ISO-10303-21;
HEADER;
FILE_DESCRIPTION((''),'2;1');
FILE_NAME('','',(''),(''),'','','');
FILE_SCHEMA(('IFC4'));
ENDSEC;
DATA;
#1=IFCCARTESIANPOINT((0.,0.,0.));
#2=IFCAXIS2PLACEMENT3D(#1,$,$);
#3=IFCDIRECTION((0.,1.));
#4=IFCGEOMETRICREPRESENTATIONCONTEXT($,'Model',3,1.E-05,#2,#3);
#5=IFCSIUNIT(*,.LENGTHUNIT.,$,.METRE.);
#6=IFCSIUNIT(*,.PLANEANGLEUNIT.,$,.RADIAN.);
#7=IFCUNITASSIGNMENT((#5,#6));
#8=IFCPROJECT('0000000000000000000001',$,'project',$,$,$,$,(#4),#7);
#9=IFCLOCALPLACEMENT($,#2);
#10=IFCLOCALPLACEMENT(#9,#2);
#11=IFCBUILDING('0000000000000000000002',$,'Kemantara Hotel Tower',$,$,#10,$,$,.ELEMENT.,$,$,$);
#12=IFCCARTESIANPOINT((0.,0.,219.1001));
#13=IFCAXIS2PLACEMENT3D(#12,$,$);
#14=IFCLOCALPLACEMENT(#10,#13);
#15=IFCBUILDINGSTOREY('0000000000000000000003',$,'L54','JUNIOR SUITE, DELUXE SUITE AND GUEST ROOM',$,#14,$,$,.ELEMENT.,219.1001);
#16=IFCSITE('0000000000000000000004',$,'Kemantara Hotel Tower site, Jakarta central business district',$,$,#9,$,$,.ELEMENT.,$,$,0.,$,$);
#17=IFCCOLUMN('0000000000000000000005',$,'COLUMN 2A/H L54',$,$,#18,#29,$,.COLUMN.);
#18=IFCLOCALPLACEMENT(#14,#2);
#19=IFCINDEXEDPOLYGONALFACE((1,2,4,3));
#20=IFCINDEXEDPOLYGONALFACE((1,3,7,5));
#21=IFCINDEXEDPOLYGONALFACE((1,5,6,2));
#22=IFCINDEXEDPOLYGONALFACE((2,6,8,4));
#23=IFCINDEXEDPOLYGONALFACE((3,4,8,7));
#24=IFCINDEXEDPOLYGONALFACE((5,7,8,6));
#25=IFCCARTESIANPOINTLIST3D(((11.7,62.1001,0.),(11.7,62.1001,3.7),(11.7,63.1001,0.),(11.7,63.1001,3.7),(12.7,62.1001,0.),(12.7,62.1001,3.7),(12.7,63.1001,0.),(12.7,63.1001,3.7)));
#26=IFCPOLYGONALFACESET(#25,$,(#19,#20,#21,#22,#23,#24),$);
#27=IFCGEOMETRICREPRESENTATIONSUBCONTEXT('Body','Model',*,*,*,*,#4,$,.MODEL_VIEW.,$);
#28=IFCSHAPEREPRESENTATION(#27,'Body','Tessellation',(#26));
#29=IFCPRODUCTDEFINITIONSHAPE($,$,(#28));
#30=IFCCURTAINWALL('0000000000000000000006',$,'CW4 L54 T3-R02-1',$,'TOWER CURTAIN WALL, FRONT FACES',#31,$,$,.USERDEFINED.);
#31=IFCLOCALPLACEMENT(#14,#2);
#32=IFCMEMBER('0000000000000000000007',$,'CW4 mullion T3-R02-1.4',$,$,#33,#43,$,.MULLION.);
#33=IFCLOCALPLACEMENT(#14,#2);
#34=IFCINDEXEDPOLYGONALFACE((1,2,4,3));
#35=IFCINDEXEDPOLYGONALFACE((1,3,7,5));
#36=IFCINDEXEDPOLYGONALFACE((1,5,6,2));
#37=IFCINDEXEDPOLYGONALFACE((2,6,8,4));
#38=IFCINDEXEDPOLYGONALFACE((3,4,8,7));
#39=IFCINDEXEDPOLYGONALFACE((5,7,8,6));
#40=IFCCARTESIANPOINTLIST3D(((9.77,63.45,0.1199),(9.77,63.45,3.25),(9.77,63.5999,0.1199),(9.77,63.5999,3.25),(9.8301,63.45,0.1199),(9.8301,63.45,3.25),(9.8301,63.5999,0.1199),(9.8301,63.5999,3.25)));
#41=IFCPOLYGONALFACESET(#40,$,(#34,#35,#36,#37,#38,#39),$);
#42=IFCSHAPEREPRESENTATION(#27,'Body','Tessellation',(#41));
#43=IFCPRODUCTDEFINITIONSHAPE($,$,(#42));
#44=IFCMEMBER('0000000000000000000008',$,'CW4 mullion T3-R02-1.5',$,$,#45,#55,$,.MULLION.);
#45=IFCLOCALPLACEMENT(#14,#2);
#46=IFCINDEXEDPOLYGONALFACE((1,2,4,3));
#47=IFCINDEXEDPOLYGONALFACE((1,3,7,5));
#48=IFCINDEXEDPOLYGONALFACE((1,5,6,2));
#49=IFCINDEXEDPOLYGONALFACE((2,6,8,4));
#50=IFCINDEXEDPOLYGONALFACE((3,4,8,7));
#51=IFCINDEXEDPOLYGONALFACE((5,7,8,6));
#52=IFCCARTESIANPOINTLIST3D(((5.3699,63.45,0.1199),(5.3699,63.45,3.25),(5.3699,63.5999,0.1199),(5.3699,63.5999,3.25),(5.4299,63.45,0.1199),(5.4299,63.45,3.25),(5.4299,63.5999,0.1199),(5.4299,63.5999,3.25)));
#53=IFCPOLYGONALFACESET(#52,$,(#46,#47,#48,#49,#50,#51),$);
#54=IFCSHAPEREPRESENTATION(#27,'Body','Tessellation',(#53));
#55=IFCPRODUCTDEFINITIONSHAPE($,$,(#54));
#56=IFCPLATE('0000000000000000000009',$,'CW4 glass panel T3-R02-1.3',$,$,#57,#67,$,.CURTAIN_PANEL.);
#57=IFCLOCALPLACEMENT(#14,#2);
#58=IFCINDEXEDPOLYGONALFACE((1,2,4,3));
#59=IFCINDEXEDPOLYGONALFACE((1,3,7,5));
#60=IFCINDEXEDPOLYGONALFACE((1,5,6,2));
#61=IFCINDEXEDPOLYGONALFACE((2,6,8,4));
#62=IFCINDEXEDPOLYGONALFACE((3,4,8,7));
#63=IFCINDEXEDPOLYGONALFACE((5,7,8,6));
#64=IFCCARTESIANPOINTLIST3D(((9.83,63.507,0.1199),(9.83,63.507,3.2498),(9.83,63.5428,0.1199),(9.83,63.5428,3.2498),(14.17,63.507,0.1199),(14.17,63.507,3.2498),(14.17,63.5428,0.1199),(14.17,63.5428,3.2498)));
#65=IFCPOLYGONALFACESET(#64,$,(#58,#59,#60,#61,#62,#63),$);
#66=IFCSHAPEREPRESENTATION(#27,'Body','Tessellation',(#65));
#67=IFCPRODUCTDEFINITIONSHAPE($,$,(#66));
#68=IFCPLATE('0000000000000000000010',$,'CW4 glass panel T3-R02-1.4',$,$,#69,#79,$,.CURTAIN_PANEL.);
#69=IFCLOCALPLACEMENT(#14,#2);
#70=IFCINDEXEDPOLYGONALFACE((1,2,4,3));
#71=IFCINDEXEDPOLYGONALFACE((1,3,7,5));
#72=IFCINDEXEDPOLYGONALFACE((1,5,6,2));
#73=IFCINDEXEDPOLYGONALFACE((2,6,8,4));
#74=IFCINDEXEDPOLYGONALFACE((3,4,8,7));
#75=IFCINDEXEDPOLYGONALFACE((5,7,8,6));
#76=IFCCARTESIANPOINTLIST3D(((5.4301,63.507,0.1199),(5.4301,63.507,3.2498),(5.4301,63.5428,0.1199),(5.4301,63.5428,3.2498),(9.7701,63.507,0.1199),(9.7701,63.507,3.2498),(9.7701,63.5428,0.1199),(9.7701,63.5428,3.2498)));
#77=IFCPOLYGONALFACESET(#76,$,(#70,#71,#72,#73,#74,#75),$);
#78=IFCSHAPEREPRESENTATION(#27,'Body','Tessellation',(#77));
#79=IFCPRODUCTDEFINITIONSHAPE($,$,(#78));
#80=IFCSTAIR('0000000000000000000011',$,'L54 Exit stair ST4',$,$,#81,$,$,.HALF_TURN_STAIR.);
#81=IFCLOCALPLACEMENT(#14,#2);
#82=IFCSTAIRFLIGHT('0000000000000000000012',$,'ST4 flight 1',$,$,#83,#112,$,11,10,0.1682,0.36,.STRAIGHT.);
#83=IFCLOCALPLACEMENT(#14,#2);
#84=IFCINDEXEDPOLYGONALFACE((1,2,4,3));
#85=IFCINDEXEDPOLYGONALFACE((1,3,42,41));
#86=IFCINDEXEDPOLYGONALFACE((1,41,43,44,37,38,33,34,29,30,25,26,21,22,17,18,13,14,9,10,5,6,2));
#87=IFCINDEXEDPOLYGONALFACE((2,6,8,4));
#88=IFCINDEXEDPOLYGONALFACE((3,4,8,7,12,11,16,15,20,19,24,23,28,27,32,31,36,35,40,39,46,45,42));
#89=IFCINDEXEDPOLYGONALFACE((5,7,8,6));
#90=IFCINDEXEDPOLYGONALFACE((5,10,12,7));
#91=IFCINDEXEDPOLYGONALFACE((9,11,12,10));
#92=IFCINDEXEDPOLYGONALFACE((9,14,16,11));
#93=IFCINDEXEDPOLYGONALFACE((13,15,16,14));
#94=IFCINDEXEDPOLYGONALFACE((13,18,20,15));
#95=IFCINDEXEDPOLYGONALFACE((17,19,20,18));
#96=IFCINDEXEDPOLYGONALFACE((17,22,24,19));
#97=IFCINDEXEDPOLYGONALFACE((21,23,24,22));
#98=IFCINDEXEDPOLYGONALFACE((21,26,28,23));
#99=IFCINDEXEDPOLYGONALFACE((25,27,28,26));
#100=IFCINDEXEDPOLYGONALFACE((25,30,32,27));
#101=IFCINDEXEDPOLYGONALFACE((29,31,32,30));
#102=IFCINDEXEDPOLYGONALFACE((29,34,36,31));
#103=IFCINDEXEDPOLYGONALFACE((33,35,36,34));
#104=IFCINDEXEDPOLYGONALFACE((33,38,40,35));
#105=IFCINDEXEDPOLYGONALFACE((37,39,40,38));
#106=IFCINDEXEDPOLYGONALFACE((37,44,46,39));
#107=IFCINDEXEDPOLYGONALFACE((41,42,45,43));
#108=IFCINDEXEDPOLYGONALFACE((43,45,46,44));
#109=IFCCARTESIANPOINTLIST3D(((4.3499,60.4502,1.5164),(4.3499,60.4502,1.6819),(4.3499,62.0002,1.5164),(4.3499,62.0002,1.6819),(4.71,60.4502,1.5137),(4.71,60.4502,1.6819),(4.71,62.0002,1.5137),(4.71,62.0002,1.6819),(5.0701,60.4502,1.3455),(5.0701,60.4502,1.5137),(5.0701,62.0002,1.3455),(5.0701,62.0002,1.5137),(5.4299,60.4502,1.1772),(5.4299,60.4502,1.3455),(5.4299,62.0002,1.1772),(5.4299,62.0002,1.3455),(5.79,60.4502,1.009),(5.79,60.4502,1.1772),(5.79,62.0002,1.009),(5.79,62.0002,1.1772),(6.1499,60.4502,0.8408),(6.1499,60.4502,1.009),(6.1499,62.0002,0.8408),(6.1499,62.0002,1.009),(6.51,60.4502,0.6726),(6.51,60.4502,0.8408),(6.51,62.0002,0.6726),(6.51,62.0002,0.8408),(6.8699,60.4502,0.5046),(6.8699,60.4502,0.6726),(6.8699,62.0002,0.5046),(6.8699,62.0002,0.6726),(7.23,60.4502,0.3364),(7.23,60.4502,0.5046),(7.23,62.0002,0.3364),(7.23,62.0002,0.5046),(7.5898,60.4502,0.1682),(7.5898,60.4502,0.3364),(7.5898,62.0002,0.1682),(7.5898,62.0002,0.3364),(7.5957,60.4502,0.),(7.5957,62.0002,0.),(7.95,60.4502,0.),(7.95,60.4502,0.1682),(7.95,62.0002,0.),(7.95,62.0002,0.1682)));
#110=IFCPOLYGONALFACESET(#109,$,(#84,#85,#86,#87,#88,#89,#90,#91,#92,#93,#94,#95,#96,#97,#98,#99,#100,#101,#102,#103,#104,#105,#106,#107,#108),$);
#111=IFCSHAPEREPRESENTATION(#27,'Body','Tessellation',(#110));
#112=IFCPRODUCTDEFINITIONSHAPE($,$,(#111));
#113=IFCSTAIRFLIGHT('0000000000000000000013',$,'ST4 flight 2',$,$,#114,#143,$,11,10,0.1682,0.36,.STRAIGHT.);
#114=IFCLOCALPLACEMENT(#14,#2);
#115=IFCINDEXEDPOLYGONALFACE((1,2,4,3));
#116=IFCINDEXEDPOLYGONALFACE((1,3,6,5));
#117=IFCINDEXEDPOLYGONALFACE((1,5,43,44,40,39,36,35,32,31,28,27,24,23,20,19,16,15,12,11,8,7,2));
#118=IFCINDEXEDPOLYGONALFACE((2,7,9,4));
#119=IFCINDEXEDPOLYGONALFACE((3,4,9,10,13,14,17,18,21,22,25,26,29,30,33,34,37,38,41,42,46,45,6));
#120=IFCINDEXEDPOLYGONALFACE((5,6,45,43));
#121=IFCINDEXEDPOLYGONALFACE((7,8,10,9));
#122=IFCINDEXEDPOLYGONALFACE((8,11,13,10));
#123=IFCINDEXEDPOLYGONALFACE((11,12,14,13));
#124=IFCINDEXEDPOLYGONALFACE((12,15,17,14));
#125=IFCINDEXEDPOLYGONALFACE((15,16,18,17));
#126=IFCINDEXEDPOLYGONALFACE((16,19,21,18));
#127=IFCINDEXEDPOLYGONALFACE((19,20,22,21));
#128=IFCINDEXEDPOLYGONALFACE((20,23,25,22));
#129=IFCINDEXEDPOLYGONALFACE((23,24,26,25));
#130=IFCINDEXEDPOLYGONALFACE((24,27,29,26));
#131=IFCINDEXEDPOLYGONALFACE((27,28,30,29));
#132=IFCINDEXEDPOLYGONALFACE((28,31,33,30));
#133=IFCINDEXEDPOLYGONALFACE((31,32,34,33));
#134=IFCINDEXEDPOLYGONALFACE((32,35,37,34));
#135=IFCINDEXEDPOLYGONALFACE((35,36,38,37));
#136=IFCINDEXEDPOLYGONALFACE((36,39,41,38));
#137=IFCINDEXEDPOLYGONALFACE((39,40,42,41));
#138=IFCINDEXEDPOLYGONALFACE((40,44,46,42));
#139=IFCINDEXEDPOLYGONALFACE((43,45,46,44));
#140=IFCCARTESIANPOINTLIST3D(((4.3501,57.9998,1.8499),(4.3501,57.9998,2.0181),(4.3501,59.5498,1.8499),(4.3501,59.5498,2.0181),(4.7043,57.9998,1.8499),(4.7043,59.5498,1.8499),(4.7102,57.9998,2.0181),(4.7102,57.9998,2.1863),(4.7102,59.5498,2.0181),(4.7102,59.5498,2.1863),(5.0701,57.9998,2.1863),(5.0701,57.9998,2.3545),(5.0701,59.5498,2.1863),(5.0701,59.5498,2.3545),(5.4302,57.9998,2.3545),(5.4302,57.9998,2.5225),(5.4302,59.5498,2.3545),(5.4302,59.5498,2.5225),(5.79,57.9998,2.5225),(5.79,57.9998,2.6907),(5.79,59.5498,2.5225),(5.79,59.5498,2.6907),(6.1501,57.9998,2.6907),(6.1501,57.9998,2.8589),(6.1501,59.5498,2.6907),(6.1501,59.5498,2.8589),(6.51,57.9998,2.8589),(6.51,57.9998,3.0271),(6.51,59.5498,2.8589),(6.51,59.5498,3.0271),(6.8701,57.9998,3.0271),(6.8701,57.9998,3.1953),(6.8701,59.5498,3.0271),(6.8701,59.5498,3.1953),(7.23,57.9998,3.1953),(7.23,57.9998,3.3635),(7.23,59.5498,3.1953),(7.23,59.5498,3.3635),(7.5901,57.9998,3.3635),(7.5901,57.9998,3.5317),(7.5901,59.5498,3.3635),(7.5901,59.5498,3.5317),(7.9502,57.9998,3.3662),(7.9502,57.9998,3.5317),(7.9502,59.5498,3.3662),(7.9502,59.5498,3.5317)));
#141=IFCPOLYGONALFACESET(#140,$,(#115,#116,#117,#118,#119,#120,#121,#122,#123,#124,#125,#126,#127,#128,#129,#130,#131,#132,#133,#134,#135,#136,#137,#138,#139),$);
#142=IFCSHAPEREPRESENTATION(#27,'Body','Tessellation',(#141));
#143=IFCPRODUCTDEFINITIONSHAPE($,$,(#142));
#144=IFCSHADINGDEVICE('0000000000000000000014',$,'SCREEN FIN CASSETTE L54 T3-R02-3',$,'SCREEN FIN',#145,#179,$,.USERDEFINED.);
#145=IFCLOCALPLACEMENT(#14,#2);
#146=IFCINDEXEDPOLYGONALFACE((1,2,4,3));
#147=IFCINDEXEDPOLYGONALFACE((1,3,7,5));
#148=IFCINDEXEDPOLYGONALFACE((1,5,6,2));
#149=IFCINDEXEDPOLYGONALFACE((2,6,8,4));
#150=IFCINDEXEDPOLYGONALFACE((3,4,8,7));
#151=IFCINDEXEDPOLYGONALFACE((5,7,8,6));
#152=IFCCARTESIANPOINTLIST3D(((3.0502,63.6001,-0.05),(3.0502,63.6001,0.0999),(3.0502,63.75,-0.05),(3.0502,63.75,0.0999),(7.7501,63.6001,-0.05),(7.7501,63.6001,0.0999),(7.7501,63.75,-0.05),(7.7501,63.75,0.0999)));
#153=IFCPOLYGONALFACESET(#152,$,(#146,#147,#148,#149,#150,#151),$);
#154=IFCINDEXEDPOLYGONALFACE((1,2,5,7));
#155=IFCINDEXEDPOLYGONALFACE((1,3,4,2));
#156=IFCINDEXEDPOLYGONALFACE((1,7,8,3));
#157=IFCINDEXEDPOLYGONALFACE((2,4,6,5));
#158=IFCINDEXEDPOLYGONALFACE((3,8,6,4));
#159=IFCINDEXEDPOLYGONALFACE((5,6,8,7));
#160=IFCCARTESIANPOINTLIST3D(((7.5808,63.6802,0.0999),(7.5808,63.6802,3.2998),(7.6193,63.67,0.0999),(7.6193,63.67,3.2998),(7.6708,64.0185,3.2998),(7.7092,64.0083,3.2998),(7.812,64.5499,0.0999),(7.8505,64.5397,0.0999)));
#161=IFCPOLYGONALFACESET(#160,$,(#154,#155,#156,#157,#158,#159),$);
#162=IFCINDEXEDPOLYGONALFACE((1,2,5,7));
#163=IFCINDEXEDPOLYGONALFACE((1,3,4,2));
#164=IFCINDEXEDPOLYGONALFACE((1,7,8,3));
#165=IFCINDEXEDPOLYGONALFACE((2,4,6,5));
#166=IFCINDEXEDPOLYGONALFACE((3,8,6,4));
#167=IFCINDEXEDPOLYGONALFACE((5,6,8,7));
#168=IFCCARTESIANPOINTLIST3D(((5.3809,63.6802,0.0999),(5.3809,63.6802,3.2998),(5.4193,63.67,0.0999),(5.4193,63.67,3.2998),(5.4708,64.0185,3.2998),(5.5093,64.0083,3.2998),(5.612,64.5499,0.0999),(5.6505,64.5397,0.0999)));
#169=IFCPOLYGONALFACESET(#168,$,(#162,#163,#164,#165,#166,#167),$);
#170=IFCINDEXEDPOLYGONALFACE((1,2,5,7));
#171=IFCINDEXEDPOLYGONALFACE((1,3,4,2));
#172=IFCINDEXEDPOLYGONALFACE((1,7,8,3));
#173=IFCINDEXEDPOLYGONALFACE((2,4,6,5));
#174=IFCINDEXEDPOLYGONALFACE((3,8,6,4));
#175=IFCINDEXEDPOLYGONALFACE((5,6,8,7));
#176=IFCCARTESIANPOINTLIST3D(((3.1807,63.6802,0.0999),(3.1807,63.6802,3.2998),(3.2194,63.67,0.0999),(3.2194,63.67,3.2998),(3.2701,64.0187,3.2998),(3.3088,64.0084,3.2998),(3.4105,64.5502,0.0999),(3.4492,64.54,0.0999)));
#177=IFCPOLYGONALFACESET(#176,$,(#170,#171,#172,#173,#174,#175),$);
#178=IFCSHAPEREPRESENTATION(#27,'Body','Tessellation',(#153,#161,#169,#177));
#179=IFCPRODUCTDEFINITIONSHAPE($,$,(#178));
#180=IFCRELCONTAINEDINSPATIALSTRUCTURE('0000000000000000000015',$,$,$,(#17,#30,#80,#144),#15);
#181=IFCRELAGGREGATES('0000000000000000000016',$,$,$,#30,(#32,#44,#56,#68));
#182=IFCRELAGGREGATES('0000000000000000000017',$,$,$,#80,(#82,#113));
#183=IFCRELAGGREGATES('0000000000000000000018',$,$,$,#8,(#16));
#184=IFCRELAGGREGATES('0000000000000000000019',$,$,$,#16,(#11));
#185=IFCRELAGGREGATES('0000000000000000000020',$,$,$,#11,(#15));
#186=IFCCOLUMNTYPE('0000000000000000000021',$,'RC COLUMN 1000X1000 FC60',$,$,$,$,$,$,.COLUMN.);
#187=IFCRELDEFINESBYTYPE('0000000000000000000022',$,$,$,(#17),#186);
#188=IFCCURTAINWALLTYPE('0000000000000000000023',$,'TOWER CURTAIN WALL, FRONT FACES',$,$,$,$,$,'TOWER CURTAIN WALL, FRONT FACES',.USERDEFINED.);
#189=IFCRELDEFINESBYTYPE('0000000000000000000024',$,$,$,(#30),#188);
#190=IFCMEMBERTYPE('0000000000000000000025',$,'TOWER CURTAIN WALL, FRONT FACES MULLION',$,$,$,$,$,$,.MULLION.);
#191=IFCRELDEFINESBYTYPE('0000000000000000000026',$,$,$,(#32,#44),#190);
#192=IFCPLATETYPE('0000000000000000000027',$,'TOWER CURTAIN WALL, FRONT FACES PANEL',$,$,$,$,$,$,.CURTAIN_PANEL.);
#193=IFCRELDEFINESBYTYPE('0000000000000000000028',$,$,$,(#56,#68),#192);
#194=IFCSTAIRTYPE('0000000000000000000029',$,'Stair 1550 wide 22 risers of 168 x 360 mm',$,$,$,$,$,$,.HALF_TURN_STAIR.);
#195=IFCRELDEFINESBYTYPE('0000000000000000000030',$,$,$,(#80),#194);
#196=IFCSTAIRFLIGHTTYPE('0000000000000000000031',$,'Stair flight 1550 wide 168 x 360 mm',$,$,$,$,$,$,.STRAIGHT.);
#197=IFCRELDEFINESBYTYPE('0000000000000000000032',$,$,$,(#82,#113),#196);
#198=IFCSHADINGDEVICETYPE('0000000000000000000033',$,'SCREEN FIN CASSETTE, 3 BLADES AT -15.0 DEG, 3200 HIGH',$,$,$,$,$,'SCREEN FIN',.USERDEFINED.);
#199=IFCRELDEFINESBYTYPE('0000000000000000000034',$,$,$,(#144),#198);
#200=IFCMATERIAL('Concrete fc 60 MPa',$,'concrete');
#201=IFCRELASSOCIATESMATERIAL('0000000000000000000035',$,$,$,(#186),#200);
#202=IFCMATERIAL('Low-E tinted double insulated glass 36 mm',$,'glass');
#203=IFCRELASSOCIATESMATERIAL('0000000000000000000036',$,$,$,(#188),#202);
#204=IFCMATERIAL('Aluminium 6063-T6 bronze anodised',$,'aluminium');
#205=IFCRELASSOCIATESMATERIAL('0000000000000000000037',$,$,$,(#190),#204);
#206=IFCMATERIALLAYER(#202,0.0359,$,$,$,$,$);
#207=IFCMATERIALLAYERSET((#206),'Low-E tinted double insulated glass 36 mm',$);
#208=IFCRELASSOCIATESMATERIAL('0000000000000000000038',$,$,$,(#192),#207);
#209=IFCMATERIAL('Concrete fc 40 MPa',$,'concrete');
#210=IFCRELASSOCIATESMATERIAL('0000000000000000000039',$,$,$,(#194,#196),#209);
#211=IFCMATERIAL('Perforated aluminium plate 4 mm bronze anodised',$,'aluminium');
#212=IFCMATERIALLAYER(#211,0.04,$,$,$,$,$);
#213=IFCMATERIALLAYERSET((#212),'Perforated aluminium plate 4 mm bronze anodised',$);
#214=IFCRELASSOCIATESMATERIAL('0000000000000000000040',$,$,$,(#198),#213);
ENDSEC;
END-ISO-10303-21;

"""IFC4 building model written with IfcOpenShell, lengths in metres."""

from ifc_helpers import new_model, si_unit, direction, frame, origin, origin_2d, place, context, subcontext, project, spatial, polyline, rectangle, outline, extrude, source, transform, mapped, material, layer, layer_set, material_profile, profile_set, type_object, element, aggregate, save


model = new_model("IFC4")

# Units and contexts
model_context = context("Model", 3, precision=1e-05, world=origin(), true_north=direction((0.0, 1.0)))
body_context = subcontext(model_context, "Body", "Model", "MODEL_VIEW")
ifc_project = project(units=[si_unit("LENGTHUNIT", "METRE"), si_unit("PLANEANGLEUNIT", "RADIAN")], contexts=[model_context])

# Site, building, storey
site_placement = place(None, origin())
site = spatial("IfcSite", under=ifc_project, at=site_placement, Name="Kemantara Hotel Tower site, Jakarta central business district", CompositionType="ELEMENT", RefElevation=0.0)
building_placement = place(site_placement, origin())
building = spatial("IfcBuilding", under=site, at=building_placement, Name="Kemantara Hotel Tower", CompositionType="ELEMENT")
storey_placement = place(building_placement, frame((0.0, 0.0, 219.1001)))
storey = spatial("IfcBuildingStorey", under=building, at=storey_placement, Name="L54", Description="JUNIOR SUITE, DELUXE SUITE AND GUEST ROOM", CompositionType="ELEMENT", Elevation=219.1001)

# Column
ifc_material_1 = material(Name="Concrete fc 60 MPa", Category="concrete")
ifc_material_profile_1 = material_profile(ifc_material_1, rectangle(XDim=1.0, YDim=1.0, at=origin_2d()), Name="RC 1000X1000")
ifc_profile_set_1 = profile_set([ifc_material_profile_1], Name="Concrete fc 60 MPa")
column_type = type_object("IfcColumnType", Name="RC COLUMN 1000X1000 FC60", PredefinedType="COLUMN", material=ifc_profile_set_1)
column_placement = place(storey_placement, frame((12.2, 62.6001, 0.0), z_axis=(0.0, 0.0, 1.0), x_axis=(1.0, 0.0, 0.0)))
element("IfcColumn", 1, at=column_placement, inside=storey, type_object=column_type, Name="COLUMN 2A/H L54", PredefinedType="COLUMN", context=body_context, shape_type="SweptSolid", body=[
    extrude(rectangle(XDim=1.0, YDim=1.0, at=origin_2d()), origin(), (0.0, 0.0, 1.0), 3.7),
])

# Curtain wall, members, plates
ifc_material_2 = material(Name="Low-E tinted double insulated glass 36 mm", Category="glass")
curtain_wall_type = type_object("IfcCurtainWallType", Name="TOWER CURTAIN WALL, FRONT FACES", ElementType="TOWER CURTAIN WALL, FRONT FACES", PredefinedType="USERDEFINED", material=ifc_material_2)
curtain_wall_placement = place(storey_placement, origin())
curtain_wall = element("IfcCurtainWall", 2, at=curtain_wall_placement, inside=storey, type_object=curtain_wall_type, Name="CW4 L54 T3-R02-1", ObjectType="TOWER CURTAIN WALL, FRONT FACES", PredefinedType="USERDEFINED")
ifc_material_3 = material(Name="Aluminium 6063-T6 bronze anodised", Category="aluminium")
ifc_material_profile_2 = material_profile(ifc_material_3, rectangle(XDim=0.1499, YDim=0.0601, at=origin_2d()), Name="TOWER CURTAIN WALL, FRONT FACES MULLION")
ifc_profile_set_2 = profile_set([ifc_material_profile_2], Name="Aluminium 6063-T6 bronze anodised")
member_type = type_object("IfcMemberType", Name="TOWER CURTAIN WALL, FRONT FACES MULLION", PredefinedType="MULLION", material=ifc_profile_set_2)
shared_shape_1 = source(origin(), body_context, "Body", "SweptSolid", [
    extrude(rectangle(XDim=0.1499, YDim=0.0601, at=origin_2d()), origin(), (0.0, 0.0, 1.0), 3.1301),
])
member_1_placement = place(storey_placement, frame((9.8, 63.5249, 0.1199), z_axis=(0.0, 0.0, 1.0), x_axis=(0.0, -1.0, 0.0)))
member_1 = element("IfcMember", 3, at=member_1_placement, type_object=member_type, Name="CW4 mullion T3-R02-1.4", PredefinedType="MULLION", context=body_context, shape_type="MappedRepresentation", body=[
    mapped(shared_shape_1, transform((0.0, 0.0, 0.0))),
])
member_2_placement = place(storey_placement, frame((5.3999, 63.5249, 0.1199), z_axis=(0.0, 0.0, 1.0), x_axis=(0.0, -1.0, 0.0)))
member_2 = element("IfcMember", 4, at=member_2_placement, type_object=member_type, Name="CW4 mullion T3-R02-1.5", PredefinedType="MULLION", context=body_context, shape_type="MappedRepresentation", body=[
    mapped(shared_shape_1, transform((0.0, 0.0, 0.0))),
])
ifc_layer_1 = layer(ifc_material_2, 0.0359)
ifc_layer_set_1 = layer_set([ifc_layer_1], Name="Low-E tinted double insulated glass 36 mm")
plate_type = type_object("IfcPlateType", Name="TOWER CURTAIN WALL, FRONT FACES PANEL", PredefinedType="CURTAIN_PANEL", material=ifc_layer_set_1)
shared_shape_2 = source(origin(), body_context, "Body", "SweptSolid", [
    extrude(rectangle(XDim=4.3401, YDim=0.0359, at=origin_2d()), origin(), (0.0, 0.0, 1.0), 3.1299),
])
plate_1_placement = place(storey_placement, frame((12.0, 63.5249, 0.1199), z_axis=(0.0, 0.0, 1.0), x_axis=(-1.0, 0.0, 0.0)))
plate_1 = element("IfcPlate", 5, at=plate_1_placement, type_object=plate_type, Name="CW4 glass panel T3-R02-1.3", PredefinedType="CURTAIN_PANEL", context=body_context, shape_type="MappedRepresentation", body=[
    mapped(shared_shape_2, transform((0.0, 0.0, 0.0))),
])
plate_2_placement = place(storey_placement, frame((7.6001, 63.5249, 0.1199), z_axis=(0.0, 0.0, 1.0), x_axis=(-1.0, 0.0, 0.0)))
plate_2 = element("IfcPlate", 6, at=plate_2_placement, type_object=plate_type, Name="CW4 glass panel T3-R02-1.4", PredefinedType="CURTAIN_PANEL", context=body_context, shape_type="MappedRepresentation", body=[
    mapped(shared_shape_2, transform((0.0, 0.0, 0.0))),
])
aggregate(curtain_wall, [member_1, member_2, plate_1, plate_2])

# Stair, stair flights
ifc_material_4 = material(Name="Concrete fc 40 MPa", Category="concrete")
stair_type = type_object("IfcStairType", Name="Stair 1550 wide 22 risers of 168 x 360 mm", PredefinedType="HALF_TURN_STAIR", material=ifc_material_4)
stair_placement = place(storey_placement, origin())
stair = element("IfcStair", 7, at=stair_placement, inside=storey, type_object=stair_type, Name="L54 Exit stair ST4", PredefinedType="HALF_TURN_STAIR")
stair_flight_type = type_object("IfcStairFlightType", Name="Stair flight 1550 wide 168 x 360 mm", PredefinedType="STRAIGHT", material=ifc_material_4)
stair_flight_1_placement = place(storey_placement, frame((7.95, 61.2251, 0.0), z_axis=(0.0, 0.0, 1.0), x_axis=(-1.0, 0.0, 0.0)))
stair_flight_1 = element("IfcStairFlight", 8, at=stair_flight_1_placement, type_object=stair_flight_type, Name="ST4 flight 1", NumberOfRisers=11, NumberOfTreads=10, PredefinedType="STRAIGHT", RiserHeight=0.1682, TreadLength=0.36, context=body_context, shape_type="SweptSolid", body=[
    extrude(outline(polyline([(0.0, 0.0), (0.0, 0.1682), (0.3601, 0.1682), (0.3601, 0.3364), (0.72, 0.3364), (0.72, 0.5046), (1.0801, 0.5046), (1.0801, 0.6726), (1.4399, 0.6726), (1.4399, 0.8408), (1.8, 0.8408), (1.8, 1.009), (2.1599, 1.009), (2.1599, 1.1772), (2.52, 1.1772), (2.52, 1.3455), (2.8799, 1.3455), (2.8799, 1.5137), (3.24, 1.5137), (3.24, 1.6819), (3.6001, 1.6819), (3.6001, 1.8501), (3.6001, 1.5164), (0.3542, 0.0), (0.0, 0.0)])), frame((0.0, 0.7749, 0.0), z_axis=(0.0, -1.0, 0.0), x_axis=(1.0, 0.0, 0.0)), (0.0, 0.0, 1.0), 1.55),
])
stair_flight_2_placement = place(storey_placement, frame((4.3501, 58.7749, 1.8499), z_axis=(0.0, 0.0, 1.0), x_axis=(1.0, 0.0, 0.0)))
stair_flight_2 = element("IfcStairFlight", 9, at=stair_flight_2_placement, type_object=stair_flight_type, Name="ST4 flight 2", NumberOfRisers=11, NumberOfTreads=10, PredefinedType="STRAIGHT", RiserHeight=0.1682, TreadLength=0.36, context=body_context, shape_type="SweptSolid", body=[
    extrude(outline(polyline([(0.0, 0.0), (0.0, 0.1682), (0.3601, 0.1682), (0.3601, 0.3364), (0.72, 0.3364), (0.72, 0.5046), (1.0801, 0.5046), (1.0801, 0.6726), (1.4399, 0.6726), (1.4399, 0.8408), (1.8, 0.8408), (1.8, 1.009), (2.1599, 1.009), (2.1599, 1.1772), (2.52, 1.1772), (2.52, 1.3455), (2.8799, 1.3455), (2.8799, 1.5137), (3.24, 1.5137), (3.24, 1.6819), (3.6001, 1.6819), (3.6001, 1.8501), (3.6001, 1.5164), (0.3542, 0.0), (0.0, 0.0)])), frame((0.0, 0.7749, 0.0), z_axis=(0.0, -1.0, 0.0), x_axis=(1.0, 0.0, 0.0)), (0.0, 0.0, 1.0), 1.55),
])
aggregate(stair, [stair_flight_1, stair_flight_2])

# Shading device
ifc_material_5 = material(Name="Perforated aluminium plate 4 mm bronze anodised", Category="aluminium")
ifc_layer_2 = layer(ifc_material_5, 0.04)
ifc_layer_set_2 = layer_set([ifc_layer_2], Name="Perforated aluminium plate 4 mm bronze anodised")
shading_device_type = type_object("IfcShadingDeviceType", Name="SCREEN FIN CASSETTE, 3 BLADES AT -15.0 DEG, 3200 HIGH", ElementType="SCREEN FIN", PredefinedType="USERDEFINED", material=ifc_layer_set_2)
shared_shape_3 = source(origin(), body_context, "Body", "SweptSolid", [
    extrude(rectangle(XDim=4.7, YDim=0.1499, at=origin_2d()), frame((2.2, -0.075, -0.1499), z_axis=(0.0, 0.0, 1.0), x_axis=(1.0, 0.0, 0.0)), (0.0, 0.0, 1.0), 0.1499),
    extrude(outline(polyline([(0.0, 0.0), (0.8999, 0.0), (0.3501, 3.2), (0.0, 3.2), (0.0, 0.0)])), frame((0.0193, -0.0801, 0.0), z_axis=(-0.966438, 0.256901, 0.0), x_axis=(-0.256901, -0.966438, 0.0)), (0.0, 0.0, 1.0), 0.0398),
    extrude(outline(polyline([(0.0, 0.0), (0.8999, 0.0), (0.3501, 3.2), (0.0, 3.2), (0.0, 0.0)])), frame((2.2192, -0.0801, 0.0), z_axis=(-0.966438, 0.256901, 0.0), x_axis=(-0.256901, -0.966438, 0.0)), (0.0, 0.0, 1.0), 0.0398),
    extrude(outline(polyline([(0.0, 0.0), (0.8999, 0.0), (0.3501, 3.2), (0.0, 3.2), (0.0, 0.0)])), frame((4.4194, -0.0801, 0.0), z_axis=(-0.966838, 0.255391, 0.0), x_axis=(-0.255391, -0.966838, 0.0)), (0.0, 0.0, 1.0), 0.04),
])
shading_device_placement = place(storey_placement, frame((7.6001, 63.6001, 0.0999), z_axis=(0.0, 0.0, 1.0), x_axis=(-1.0, 0.0, 0.0)))
element("IfcShadingDevice", 10, at=shading_device_placement, inside=storey, type_object=shading_device_type, Name="SCREEN FIN CASSETTE L54 T3-R02-3", ObjectType="SCREEN FIN", PredefinedType="USERDEFINED", context=body_context, shape_type="MappedRepresentation", body=[
    mapped(shared_shape_3, transform((0.0, 0.0, 0.0))),
])

save(model, "model.ifc")
